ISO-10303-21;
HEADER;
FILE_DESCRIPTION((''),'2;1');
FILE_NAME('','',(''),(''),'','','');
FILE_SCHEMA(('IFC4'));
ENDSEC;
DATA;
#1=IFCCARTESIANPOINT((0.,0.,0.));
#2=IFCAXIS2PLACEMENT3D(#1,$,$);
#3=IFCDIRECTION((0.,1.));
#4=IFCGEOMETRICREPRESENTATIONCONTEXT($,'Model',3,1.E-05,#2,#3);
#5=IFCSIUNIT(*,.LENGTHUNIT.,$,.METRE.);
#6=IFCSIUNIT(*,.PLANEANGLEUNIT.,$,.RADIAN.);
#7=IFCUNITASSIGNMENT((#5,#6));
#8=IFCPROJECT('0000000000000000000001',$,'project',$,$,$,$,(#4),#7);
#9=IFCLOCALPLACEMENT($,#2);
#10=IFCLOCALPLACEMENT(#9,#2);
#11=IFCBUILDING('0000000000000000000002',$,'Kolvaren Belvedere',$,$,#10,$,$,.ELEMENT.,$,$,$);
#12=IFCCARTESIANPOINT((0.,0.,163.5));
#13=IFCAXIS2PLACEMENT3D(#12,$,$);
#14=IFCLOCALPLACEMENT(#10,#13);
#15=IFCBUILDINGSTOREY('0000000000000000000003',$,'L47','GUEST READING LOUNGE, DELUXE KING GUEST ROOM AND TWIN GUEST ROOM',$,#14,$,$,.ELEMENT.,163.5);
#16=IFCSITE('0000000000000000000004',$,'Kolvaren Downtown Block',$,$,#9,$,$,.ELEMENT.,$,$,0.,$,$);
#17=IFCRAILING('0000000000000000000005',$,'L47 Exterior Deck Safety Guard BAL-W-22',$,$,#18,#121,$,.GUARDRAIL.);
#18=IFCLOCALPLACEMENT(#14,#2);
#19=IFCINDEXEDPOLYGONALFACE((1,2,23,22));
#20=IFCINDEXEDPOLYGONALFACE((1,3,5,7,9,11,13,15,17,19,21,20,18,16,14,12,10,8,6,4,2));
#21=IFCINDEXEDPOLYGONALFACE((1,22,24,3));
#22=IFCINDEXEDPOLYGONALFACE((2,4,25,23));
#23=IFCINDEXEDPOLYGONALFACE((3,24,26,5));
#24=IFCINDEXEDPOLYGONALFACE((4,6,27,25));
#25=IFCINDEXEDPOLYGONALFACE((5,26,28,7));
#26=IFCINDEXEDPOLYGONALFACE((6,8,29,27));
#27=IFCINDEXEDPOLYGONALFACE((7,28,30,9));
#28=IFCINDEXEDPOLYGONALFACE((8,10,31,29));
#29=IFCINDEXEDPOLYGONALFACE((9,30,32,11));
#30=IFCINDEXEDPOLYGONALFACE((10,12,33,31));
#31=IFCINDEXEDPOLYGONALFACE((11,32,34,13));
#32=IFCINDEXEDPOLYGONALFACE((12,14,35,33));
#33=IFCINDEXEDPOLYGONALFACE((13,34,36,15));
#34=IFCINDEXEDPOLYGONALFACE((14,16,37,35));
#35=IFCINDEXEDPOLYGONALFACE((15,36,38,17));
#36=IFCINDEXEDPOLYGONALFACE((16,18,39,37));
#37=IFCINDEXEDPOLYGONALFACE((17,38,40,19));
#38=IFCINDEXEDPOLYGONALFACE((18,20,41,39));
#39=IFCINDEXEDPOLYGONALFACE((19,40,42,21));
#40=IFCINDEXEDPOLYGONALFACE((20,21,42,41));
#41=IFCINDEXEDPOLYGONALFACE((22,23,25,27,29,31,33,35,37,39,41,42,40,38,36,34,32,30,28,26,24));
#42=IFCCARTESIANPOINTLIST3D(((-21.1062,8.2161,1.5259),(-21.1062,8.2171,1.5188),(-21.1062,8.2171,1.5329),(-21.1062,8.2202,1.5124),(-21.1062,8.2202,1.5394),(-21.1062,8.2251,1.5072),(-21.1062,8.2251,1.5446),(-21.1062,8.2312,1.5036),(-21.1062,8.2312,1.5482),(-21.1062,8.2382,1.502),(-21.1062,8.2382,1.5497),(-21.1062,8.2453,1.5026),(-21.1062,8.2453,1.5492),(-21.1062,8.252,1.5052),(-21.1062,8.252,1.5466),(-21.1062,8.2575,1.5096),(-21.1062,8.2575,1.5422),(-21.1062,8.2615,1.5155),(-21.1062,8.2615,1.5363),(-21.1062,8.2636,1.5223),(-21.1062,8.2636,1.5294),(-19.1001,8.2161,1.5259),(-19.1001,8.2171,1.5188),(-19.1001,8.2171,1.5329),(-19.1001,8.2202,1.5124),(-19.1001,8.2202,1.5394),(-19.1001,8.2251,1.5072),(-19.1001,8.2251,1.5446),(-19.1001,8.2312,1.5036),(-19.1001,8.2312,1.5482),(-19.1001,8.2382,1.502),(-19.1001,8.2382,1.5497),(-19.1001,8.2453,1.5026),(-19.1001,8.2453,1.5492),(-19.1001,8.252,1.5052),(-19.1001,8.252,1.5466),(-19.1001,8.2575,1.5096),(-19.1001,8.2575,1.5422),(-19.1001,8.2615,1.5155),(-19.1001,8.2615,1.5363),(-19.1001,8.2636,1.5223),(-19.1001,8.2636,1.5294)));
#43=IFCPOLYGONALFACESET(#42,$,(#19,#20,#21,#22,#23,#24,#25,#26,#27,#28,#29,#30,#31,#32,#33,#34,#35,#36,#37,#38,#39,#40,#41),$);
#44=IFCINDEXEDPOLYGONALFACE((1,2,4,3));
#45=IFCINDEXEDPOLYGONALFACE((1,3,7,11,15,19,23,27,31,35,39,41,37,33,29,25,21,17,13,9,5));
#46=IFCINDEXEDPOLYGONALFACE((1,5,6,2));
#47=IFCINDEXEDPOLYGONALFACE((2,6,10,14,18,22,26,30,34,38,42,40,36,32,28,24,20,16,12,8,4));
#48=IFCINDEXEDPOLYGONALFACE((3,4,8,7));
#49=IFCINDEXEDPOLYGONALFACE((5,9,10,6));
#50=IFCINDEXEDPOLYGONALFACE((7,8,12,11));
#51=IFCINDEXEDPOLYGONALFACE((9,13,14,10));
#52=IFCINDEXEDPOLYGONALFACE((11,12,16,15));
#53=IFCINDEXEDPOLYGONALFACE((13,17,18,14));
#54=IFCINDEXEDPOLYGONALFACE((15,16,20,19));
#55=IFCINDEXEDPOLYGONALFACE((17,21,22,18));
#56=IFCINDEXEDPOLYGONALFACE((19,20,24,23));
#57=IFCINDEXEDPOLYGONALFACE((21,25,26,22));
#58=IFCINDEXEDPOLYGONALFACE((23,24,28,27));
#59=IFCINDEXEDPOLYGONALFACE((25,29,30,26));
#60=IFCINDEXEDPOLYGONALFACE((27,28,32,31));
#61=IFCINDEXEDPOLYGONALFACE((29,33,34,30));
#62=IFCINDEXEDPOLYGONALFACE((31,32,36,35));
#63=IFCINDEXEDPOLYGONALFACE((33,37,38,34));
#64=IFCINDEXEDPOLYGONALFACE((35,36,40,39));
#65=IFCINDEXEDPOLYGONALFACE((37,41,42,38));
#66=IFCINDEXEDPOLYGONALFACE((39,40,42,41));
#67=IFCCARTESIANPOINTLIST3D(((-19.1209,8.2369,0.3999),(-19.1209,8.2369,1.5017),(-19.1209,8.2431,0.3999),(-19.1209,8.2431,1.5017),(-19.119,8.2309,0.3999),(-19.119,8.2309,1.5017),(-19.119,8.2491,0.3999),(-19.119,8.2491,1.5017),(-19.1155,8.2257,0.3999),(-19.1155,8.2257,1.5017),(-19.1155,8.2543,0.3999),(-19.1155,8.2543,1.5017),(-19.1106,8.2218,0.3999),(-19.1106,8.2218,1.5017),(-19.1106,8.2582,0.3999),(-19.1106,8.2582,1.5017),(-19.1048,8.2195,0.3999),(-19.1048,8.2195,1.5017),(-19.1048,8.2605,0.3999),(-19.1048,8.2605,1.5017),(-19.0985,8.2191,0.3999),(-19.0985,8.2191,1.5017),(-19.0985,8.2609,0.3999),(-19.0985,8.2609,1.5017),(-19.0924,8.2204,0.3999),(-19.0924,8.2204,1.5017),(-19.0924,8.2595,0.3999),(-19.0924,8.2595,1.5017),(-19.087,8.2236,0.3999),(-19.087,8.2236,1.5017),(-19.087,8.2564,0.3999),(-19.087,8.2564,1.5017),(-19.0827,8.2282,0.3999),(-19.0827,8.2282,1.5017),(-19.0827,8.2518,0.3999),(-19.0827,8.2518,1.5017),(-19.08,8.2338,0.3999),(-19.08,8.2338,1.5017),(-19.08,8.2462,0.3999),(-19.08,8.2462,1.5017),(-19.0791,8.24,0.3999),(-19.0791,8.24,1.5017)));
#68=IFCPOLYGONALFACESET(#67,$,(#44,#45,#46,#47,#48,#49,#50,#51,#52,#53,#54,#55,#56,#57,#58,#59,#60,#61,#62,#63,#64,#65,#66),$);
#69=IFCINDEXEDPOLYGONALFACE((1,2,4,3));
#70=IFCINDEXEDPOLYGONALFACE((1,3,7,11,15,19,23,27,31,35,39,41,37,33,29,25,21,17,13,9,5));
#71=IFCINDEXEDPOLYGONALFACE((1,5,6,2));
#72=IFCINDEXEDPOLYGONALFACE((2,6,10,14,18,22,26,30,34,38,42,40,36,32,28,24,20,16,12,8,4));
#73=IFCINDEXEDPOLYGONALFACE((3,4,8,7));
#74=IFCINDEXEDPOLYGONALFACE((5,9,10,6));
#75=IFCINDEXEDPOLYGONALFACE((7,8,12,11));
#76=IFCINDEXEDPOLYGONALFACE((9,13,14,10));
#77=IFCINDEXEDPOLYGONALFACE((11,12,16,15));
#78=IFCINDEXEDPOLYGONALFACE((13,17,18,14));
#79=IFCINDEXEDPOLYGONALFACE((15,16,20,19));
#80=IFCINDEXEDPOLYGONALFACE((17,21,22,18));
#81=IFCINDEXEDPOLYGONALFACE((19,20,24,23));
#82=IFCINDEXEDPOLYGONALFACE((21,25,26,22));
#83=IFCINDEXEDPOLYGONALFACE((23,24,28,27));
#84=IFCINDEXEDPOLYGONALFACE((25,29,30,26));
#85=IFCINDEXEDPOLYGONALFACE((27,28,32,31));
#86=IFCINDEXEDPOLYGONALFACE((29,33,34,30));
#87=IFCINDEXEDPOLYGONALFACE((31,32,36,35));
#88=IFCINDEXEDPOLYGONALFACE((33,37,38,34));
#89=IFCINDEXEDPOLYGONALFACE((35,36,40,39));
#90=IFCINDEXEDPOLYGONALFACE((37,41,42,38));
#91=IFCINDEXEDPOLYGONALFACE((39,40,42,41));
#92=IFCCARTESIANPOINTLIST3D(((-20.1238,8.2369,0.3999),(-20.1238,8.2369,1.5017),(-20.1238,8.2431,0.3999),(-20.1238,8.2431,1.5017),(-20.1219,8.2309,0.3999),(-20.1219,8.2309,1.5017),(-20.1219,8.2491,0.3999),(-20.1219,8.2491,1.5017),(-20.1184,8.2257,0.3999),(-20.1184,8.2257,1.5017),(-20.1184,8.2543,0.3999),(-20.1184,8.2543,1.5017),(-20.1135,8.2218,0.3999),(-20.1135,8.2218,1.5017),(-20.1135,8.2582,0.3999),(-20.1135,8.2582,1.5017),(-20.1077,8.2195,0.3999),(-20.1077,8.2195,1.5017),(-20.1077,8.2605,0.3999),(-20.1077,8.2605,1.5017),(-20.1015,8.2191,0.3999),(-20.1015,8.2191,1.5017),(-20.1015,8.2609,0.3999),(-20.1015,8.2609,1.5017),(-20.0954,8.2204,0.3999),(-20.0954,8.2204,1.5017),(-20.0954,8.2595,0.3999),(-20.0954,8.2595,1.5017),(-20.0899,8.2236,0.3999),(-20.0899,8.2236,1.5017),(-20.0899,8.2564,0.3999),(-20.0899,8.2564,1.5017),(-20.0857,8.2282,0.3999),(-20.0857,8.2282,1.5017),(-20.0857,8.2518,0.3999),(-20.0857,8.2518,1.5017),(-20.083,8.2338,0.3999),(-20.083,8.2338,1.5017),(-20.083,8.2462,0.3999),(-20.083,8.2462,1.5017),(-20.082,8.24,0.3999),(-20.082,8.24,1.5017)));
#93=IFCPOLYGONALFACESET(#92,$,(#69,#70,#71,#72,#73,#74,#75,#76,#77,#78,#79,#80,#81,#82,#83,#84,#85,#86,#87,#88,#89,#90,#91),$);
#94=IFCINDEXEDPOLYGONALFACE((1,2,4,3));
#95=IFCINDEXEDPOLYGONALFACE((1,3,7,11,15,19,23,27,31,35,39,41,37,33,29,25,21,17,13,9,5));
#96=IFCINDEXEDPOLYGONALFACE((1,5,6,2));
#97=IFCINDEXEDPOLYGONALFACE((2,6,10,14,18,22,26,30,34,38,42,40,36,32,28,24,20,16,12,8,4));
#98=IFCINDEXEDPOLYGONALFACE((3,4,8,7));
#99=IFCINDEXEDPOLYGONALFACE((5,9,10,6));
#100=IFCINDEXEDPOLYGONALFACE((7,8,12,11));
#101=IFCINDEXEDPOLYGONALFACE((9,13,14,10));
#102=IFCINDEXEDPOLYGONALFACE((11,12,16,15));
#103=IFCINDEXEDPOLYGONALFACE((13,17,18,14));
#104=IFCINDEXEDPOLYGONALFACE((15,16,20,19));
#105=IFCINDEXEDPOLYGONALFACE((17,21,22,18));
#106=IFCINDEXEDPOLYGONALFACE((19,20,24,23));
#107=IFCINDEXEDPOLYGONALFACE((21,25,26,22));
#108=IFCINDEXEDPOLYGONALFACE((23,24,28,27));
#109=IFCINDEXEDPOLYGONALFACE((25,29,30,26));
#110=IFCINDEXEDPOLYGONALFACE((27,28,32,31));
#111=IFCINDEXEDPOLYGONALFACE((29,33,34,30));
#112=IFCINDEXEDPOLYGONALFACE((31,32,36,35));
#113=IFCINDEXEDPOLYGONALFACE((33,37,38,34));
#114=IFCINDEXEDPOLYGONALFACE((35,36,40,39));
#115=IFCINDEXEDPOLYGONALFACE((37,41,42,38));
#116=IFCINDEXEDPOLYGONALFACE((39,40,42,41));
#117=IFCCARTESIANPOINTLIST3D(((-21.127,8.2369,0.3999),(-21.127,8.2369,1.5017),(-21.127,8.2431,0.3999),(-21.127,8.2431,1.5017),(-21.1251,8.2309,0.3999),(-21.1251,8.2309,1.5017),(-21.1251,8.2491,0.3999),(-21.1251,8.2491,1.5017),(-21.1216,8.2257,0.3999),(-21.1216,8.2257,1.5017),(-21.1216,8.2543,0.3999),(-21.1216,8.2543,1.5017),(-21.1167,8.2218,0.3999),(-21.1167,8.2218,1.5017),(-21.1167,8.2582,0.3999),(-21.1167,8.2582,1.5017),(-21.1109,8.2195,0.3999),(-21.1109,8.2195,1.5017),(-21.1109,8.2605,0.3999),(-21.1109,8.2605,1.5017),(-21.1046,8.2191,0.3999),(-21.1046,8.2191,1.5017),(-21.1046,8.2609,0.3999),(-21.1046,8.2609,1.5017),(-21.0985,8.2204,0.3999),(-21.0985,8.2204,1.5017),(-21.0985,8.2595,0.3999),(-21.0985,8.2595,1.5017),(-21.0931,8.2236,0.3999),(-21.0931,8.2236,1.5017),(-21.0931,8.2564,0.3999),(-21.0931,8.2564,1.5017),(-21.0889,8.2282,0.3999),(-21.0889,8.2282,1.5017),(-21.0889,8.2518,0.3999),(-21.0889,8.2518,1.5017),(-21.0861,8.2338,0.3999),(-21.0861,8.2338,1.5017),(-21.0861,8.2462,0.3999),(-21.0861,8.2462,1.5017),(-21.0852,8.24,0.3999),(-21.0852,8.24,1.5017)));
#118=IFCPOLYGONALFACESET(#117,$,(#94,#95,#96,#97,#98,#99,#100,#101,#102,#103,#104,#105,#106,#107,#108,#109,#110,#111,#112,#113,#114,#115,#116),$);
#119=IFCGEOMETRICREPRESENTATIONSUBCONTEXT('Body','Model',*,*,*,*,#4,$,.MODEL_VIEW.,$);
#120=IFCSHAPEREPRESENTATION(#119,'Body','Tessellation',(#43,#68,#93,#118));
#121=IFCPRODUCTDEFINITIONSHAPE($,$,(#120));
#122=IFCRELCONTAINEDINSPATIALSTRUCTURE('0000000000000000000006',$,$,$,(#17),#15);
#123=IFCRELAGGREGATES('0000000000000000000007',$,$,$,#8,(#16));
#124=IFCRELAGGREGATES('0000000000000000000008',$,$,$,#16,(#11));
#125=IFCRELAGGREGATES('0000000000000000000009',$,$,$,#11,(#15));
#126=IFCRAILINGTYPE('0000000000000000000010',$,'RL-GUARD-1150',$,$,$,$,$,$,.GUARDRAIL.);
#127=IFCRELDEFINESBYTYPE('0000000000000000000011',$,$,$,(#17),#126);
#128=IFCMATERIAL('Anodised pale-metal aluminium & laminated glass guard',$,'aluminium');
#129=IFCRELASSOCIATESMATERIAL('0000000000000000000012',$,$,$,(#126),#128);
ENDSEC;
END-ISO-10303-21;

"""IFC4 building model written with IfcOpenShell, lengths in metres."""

from ifc_helpers import new_model, si_unit, direction, frame, origin, origin_2d, place, context, subcontext, project, spatial, circle, extrude, material, type_object, element, save


model = new_model("IFC4")

# Units and contexts
model_context = context("Model", 3, precision=1e-05, world=origin(), true_north=direction((0.0, 1.0)))
body_context = subcontext(model_context, "Body", "Model", "MODEL_VIEW")
ifc_project = project(units=[si_unit("LENGTHUNIT", "METRE"), si_unit("PLANEANGLEUNIT", "RADIAN")], contexts=[model_context])

# Site, building, storey
site_placement = place(None, origin())
site = spatial("IfcSite", under=ifc_project, at=site_placement, Name="Kolvaren Downtown Block", CompositionType="ELEMENT", RefElevation=0.0)
building_placement = place(site_placement, origin())
building = spatial("IfcBuilding", under=site, at=building_placement, Name="Kolvaren Belvedere", CompositionType="ELEMENT")
storey_placement = place(building_placement, frame((0.0, 0.0, 163.5)))
storey = spatial("IfcBuildingStorey", under=building, at=storey_placement, Name="L47", Description="GUEST READING LOUNGE, DELUXE KING GUEST ROOM AND TWIN GUEST ROOM", CompositionType="ELEMENT", Elevation=163.5)

# Railing
ifc_material_1 = material(Name="Anodised pale-metal aluminium & laminated glass guard", Category="aluminium")
railing_type = type_object("IfcRailingType", Name="RL-GUARD-1150", PredefinedType="GUARDRAIL", material=ifc_material_1)
railing_1_placement = place(storey_placement, frame((-19.1001, 8.24, 0.3999)))
element("IfcRailing", 1, at=railing_1_placement, inside=storey, type_object=railing_type, Name="L47 Exterior Deck Safety Guard BAL-W-22", PredefinedType="GUARDRAIL", context=body_context, shape_type="SweptSolid", body=[
    extrude(circle(Radius=0.0239, at=origin_2d()), frame((0.0, 0.0, 1.126), z_axis=(-1.0, 0.0, 0.0), x_axis=(0.0, -1.0, 0.0)), (0.0, 0.0, 1.0), 2.0061),
    extrude(circle(Radius=0.021, at=origin_2d()), origin(), (0.0, 0.0, 1.0), 1.1018),
    extrude(circle(Radius=0.021, at=origin_2d()), frame((-1.0029, 0.0, 0.0)), (0.0, 0.0, 1.0), 1.1018),
    extrude(circle(Radius=0.021, at=origin_2d()), frame((-2.0061, 0.0, 0.0)), (0.0, 0.0, 1.0), 1.1018),
])

save(model, "model.ifc")
